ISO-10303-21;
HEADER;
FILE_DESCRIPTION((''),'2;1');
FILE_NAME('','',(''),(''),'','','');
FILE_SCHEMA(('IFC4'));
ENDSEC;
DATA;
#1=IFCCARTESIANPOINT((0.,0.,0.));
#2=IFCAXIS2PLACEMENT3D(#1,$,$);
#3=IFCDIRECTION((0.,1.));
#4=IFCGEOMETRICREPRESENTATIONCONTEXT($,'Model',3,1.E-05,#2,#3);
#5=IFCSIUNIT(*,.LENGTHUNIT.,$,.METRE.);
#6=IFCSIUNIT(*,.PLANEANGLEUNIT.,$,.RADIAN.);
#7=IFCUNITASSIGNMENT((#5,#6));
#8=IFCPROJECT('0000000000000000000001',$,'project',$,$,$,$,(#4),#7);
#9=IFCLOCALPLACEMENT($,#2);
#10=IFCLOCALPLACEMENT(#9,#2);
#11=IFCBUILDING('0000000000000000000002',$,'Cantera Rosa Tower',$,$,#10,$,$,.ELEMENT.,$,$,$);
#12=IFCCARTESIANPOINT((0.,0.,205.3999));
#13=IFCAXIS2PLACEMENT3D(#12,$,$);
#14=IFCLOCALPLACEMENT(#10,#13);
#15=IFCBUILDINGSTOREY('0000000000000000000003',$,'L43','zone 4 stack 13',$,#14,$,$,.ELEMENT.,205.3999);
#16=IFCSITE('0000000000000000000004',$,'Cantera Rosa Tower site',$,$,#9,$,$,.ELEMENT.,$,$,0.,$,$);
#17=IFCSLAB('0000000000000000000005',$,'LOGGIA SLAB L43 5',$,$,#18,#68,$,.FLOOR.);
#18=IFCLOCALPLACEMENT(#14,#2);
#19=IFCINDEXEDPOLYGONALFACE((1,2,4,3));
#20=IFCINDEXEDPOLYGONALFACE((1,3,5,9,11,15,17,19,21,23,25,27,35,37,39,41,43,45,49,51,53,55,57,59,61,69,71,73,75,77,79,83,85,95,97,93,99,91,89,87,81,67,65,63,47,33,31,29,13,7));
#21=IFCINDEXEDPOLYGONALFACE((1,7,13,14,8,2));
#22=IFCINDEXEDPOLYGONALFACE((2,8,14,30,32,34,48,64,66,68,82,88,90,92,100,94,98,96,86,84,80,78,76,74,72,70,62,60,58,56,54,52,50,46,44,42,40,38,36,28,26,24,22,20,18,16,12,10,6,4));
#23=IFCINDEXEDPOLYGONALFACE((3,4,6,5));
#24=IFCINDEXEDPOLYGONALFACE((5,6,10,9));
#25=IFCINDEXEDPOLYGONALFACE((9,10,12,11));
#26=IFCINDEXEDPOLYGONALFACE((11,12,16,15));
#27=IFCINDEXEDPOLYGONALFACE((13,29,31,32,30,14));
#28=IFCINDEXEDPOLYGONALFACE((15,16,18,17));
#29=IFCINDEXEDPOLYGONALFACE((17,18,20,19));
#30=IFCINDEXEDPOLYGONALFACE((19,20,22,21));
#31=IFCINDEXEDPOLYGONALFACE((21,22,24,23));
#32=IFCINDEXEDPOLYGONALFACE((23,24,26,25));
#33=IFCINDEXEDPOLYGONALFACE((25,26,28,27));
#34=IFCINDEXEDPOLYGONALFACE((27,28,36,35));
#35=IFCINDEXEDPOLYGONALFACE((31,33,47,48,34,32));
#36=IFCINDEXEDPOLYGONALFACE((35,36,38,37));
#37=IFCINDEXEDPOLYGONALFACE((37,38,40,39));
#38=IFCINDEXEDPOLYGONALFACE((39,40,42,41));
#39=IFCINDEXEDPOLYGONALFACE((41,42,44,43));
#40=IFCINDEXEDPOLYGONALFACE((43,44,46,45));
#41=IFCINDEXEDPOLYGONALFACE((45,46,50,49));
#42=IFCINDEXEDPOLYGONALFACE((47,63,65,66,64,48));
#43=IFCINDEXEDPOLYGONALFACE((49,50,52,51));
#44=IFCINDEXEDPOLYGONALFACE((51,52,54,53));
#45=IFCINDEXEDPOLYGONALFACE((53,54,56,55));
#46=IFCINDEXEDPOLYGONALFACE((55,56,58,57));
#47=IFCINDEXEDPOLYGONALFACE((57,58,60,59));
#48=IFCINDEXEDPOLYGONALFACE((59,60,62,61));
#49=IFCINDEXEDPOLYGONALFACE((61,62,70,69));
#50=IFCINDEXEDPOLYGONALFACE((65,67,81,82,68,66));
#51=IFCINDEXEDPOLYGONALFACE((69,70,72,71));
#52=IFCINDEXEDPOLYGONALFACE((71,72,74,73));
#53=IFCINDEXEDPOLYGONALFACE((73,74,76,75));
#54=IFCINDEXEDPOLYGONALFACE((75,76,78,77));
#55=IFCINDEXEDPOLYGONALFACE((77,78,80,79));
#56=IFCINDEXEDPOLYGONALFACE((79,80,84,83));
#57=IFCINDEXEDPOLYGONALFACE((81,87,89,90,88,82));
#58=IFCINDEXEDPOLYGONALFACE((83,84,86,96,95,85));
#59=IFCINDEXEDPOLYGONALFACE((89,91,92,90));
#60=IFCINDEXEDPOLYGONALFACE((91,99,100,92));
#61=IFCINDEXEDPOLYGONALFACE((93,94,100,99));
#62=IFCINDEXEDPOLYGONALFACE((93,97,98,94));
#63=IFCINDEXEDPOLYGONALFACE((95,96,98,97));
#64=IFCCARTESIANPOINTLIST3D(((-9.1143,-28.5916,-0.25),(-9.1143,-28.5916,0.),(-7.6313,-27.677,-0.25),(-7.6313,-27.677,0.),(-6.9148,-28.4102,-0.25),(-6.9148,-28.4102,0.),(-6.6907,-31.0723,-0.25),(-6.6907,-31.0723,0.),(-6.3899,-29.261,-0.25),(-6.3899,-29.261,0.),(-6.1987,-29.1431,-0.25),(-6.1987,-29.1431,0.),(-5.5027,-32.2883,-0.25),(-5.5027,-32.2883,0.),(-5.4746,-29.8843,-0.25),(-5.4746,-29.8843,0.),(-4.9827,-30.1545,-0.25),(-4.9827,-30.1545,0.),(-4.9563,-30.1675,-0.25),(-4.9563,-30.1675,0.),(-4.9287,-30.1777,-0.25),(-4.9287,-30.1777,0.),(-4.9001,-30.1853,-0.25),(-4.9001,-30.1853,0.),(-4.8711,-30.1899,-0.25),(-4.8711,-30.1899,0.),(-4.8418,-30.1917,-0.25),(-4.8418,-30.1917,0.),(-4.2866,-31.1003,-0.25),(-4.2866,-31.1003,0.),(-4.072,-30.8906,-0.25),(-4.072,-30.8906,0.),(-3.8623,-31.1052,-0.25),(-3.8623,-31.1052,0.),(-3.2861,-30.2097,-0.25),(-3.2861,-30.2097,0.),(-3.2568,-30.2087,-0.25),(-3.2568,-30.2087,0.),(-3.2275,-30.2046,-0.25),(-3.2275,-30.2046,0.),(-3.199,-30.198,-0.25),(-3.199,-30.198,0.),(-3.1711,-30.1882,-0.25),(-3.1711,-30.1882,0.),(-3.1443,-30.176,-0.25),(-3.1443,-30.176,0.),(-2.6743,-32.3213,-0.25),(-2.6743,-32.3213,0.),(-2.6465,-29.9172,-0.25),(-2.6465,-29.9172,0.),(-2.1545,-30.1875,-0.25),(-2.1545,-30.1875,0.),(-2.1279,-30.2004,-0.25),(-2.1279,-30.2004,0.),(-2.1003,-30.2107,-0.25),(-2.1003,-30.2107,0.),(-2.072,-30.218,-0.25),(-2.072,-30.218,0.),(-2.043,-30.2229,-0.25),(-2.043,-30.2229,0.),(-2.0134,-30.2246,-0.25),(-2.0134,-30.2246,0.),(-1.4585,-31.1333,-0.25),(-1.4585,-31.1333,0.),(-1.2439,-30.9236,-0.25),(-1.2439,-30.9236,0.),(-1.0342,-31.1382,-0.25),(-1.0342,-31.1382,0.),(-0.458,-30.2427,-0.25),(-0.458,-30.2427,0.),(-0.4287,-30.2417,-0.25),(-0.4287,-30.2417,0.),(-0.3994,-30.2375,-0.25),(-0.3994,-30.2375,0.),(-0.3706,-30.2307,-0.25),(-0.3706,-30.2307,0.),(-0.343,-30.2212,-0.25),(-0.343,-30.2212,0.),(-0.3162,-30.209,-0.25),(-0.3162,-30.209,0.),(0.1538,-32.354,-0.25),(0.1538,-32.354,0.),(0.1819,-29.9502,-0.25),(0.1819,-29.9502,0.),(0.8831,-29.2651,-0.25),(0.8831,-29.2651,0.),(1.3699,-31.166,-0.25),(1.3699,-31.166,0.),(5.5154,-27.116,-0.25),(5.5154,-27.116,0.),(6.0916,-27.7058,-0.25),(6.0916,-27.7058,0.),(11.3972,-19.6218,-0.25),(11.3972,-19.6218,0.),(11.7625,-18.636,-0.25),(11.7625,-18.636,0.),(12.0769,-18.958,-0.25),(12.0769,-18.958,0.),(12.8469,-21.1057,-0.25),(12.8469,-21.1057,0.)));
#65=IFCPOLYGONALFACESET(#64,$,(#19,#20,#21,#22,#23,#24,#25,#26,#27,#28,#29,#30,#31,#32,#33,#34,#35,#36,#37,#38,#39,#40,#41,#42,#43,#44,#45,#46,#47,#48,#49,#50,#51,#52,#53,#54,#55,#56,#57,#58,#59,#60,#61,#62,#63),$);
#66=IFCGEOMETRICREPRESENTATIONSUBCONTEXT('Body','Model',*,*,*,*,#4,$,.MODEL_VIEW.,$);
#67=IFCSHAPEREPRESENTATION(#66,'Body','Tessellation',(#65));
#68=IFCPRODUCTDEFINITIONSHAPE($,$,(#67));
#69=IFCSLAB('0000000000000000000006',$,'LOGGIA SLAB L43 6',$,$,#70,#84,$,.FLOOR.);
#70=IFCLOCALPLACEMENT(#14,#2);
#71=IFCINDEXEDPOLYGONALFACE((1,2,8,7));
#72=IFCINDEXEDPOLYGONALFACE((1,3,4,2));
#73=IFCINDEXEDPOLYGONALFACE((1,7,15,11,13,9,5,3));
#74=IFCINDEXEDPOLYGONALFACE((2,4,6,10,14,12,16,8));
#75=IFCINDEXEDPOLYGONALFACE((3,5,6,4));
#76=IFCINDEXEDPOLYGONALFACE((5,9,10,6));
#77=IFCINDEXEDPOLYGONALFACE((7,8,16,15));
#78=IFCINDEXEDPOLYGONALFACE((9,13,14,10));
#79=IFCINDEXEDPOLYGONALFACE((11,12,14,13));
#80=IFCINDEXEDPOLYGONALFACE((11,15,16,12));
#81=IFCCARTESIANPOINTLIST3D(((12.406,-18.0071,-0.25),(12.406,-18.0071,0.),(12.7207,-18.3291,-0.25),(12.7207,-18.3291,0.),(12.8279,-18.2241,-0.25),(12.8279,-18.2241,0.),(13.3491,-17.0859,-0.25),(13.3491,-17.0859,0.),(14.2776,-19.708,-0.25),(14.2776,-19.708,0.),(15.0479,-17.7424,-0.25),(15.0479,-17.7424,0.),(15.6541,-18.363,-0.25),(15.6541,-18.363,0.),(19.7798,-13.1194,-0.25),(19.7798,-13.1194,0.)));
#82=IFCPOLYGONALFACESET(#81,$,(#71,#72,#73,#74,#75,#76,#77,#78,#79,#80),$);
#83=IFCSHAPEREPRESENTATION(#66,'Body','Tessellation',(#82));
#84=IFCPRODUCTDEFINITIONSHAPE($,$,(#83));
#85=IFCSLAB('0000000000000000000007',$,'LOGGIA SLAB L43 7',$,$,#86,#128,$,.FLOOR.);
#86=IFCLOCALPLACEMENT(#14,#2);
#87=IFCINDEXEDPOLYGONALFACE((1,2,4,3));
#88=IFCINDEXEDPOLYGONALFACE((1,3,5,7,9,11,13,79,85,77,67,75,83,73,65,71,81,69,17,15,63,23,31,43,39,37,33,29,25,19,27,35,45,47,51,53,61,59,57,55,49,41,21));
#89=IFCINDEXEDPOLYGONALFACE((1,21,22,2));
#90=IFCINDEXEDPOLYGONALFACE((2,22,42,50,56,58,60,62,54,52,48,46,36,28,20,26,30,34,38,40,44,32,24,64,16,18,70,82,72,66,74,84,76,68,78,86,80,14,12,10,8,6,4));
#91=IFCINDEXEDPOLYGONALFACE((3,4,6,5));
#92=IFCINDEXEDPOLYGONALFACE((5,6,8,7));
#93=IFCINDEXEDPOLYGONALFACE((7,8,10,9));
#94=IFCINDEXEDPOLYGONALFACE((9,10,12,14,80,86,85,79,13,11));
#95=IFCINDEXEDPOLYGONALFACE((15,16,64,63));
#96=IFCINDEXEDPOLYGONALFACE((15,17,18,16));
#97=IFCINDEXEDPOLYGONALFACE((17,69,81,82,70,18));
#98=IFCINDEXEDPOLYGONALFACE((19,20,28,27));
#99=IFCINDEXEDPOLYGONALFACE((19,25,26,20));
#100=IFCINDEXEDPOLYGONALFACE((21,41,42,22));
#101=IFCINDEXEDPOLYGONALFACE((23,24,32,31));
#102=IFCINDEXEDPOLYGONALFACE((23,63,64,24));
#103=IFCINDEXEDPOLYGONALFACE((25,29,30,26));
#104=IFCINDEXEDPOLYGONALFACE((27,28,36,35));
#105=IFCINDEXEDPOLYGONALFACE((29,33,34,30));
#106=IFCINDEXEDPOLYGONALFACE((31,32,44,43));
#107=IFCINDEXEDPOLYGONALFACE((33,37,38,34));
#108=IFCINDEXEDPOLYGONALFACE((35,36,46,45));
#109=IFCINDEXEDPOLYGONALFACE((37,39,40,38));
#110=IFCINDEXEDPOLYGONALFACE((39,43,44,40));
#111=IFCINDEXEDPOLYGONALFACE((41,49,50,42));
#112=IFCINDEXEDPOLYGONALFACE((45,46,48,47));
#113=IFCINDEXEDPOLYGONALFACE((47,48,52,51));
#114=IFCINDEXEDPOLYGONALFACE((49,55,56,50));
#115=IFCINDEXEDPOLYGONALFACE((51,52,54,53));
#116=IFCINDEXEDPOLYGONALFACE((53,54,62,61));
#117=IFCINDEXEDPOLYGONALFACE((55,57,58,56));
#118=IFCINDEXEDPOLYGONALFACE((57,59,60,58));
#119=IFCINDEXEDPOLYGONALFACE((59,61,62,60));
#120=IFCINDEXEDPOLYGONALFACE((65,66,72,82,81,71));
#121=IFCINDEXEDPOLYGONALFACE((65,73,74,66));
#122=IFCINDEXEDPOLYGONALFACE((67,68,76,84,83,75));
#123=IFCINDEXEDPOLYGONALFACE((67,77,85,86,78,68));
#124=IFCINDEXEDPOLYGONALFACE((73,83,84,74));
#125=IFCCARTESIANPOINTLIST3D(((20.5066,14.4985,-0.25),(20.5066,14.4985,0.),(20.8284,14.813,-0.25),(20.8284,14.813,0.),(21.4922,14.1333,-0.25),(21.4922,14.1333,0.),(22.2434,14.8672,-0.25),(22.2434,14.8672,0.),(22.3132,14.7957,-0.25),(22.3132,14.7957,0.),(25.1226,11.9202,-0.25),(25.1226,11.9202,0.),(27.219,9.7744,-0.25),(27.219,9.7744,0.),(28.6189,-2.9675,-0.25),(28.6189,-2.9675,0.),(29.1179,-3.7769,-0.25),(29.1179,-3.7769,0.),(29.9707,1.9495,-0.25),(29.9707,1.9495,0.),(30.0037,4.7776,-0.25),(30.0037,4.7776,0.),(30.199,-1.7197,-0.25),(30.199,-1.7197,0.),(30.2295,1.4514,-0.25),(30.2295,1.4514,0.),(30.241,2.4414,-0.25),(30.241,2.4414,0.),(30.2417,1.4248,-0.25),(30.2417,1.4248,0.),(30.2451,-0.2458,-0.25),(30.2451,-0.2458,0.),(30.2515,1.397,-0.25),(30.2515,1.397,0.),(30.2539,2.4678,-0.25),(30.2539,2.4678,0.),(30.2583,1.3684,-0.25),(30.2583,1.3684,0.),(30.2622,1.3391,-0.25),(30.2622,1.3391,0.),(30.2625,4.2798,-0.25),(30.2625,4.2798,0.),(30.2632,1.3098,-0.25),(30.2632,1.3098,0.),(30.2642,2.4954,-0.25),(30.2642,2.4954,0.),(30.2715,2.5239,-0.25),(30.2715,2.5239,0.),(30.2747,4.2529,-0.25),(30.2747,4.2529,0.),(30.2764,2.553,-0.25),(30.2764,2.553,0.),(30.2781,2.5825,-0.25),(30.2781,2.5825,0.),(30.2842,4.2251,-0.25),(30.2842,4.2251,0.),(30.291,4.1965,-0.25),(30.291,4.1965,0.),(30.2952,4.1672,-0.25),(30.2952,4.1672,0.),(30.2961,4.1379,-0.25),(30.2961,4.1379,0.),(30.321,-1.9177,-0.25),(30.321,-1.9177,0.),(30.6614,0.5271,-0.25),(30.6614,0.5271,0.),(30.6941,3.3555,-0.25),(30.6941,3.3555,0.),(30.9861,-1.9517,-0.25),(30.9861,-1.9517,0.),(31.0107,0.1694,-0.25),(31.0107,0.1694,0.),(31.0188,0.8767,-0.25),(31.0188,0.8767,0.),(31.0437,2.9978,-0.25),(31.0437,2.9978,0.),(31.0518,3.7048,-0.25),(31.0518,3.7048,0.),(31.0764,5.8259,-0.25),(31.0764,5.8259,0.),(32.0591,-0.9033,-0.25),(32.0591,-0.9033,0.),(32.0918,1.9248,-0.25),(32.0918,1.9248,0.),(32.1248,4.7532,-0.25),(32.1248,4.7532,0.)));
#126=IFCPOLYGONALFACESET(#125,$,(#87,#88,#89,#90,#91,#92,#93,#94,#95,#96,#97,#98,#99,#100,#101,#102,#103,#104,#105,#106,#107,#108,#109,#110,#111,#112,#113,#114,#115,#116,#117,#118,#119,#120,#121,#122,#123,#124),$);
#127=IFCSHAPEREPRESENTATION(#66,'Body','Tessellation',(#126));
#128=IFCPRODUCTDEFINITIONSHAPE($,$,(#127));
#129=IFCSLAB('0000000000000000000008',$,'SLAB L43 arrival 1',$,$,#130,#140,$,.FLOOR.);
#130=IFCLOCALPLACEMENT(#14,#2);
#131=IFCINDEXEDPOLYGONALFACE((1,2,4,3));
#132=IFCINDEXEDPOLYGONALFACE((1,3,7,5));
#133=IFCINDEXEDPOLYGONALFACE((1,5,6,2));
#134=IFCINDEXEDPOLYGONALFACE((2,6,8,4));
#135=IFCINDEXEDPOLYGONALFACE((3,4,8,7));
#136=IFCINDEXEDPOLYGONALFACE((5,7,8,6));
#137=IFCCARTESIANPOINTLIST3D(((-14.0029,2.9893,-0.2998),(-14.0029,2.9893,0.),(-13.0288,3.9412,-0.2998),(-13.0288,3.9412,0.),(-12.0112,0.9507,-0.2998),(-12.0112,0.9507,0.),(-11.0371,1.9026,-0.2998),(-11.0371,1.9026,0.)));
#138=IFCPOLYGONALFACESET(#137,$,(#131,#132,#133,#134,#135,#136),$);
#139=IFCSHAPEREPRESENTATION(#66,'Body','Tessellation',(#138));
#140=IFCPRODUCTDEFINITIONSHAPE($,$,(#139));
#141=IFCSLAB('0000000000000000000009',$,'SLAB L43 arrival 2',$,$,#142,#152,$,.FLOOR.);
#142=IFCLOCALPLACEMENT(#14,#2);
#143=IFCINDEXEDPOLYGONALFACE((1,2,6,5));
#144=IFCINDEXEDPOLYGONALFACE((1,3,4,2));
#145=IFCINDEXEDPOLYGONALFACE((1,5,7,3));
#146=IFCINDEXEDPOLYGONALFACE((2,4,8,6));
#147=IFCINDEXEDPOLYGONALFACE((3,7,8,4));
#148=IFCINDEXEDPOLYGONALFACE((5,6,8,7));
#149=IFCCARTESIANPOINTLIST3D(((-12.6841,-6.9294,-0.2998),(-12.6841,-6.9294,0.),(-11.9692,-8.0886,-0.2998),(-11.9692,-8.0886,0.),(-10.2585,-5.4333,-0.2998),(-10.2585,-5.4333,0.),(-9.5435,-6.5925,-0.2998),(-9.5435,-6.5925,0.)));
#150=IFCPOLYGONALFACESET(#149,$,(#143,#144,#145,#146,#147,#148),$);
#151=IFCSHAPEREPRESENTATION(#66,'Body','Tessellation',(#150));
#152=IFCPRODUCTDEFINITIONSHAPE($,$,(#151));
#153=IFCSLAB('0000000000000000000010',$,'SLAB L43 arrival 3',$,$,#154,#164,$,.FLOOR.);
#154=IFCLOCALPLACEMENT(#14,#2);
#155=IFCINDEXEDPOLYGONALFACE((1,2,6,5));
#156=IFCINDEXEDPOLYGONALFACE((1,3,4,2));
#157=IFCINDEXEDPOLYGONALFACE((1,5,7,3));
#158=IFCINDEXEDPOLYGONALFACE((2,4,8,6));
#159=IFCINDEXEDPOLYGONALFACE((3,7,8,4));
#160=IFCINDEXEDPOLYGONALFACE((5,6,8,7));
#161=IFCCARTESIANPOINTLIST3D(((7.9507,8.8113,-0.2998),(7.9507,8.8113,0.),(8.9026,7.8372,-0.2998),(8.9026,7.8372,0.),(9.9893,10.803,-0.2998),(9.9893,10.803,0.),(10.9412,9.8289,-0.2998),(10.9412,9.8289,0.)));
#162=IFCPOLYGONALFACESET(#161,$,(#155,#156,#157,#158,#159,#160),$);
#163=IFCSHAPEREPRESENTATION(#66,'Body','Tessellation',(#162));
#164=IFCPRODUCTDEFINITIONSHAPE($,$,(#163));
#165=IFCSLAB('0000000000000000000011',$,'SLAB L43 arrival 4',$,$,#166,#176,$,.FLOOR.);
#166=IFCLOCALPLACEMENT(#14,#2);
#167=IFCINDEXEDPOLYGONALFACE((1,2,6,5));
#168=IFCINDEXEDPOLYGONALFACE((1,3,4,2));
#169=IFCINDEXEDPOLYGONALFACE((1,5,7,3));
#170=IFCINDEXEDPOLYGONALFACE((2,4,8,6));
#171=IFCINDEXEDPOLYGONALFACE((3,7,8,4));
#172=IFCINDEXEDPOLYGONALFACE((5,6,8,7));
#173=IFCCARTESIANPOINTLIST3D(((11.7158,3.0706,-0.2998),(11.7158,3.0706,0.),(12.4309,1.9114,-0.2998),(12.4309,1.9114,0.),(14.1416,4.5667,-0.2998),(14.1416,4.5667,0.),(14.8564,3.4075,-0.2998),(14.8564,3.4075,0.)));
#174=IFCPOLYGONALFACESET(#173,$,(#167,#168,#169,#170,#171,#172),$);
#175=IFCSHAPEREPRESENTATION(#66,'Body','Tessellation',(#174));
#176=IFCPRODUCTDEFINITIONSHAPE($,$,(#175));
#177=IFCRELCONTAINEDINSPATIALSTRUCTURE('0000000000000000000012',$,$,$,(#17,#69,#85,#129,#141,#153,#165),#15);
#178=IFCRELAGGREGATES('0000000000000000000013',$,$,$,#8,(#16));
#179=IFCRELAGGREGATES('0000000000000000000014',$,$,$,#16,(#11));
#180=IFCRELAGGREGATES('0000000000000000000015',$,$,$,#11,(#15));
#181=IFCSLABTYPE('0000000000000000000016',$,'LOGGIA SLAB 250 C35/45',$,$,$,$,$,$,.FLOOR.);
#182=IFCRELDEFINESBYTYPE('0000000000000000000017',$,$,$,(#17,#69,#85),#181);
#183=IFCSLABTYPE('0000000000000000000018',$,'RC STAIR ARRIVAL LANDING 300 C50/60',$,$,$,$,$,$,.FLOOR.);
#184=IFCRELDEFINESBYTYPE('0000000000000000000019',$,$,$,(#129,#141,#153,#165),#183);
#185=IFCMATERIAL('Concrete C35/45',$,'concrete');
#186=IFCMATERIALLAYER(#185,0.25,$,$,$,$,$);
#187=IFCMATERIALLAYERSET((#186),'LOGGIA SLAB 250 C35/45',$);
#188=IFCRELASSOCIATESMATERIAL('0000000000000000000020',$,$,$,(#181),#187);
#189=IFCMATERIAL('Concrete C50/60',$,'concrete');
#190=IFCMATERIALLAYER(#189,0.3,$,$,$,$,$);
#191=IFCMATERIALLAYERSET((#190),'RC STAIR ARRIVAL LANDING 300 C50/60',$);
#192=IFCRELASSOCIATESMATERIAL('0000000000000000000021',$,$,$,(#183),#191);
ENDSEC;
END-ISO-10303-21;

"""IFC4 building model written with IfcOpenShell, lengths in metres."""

from ifc_helpers import new_model, si_unit, direction, frame, origin, place, context, subcontext, project, spatial, polyline, outline, extrude, material, layer, layer_set, type_object, element, save


model = new_model("IFC4")

# Units and contexts
model_context = context("Model", 3, precision=1e-05, world=origin(), true_north=direction((0.0, 1.0)))
body_context = subcontext(model_context, "Body", "Model", "MODEL_VIEW")
ifc_project = project(units=[si_unit("LENGTHUNIT", "METRE"), si_unit("PLANEANGLEUNIT", "RADIAN")], contexts=[model_context])

# Site, building, storey
site_placement = place(None, origin())
site = spatial("IfcSite", under=ifc_project, at=site_placement, Name="Cantera Rosa Tower site", CompositionType="ELEMENT", RefElevation=0.0)
building_placement = place(site_placement, origin())
building = spatial("IfcBuilding", under=site, at=building_placement, Name="Cantera Rosa Tower", CompositionType="ELEMENT")
storey_placement = place(building_placement, frame((0.0, 0.0, 205.3999)))
storey = spatial("IfcBuildingStorey", under=building, at=storey_placement, Name="L43", Description="zone 4 stack 13", CompositionType="ELEMENT", Elevation=205.3999)

# Slabs
ifc_material_1 = material(Name="Concrete C35/45", Category="concrete")
ifc_layer_1 = layer(ifc_material_1, 0.25)
ifc_layer_set_1 = layer_set([ifc_layer_1], Name="LOGGIA SLAB 250 C35/45")
slab_type_1 = type_object("IfcSlabType", Name="LOGGIA SLAB 250 C35/45", PredefinedType="FLOOR", material=ifc_layer_set_1)
slab_1_placement = place(storey_placement, frame((0.0, 0.0, -0.25)))
element("IfcSlab", 1, at=slab_1_placement, inside=storey, type_object=slab_type_1, Name="LOGGIA SLAB L43 5", PredefinedType="FLOOR", context=body_context, shape_type="SweptSolid", body=[
    extrude(outline(polyline([(-1.2439, -30.9236), (-1.4585, -31.1333), (-2.6743, -32.3213), (-3.8623, -31.1052), (-4.072, -30.8906), (-4.2866, -31.1003), (-5.5027, -32.2883), (-6.6907, -31.0723), (-9.1143, -28.5916), (-7.6313, -27.677), (-6.9148, -28.4102), (-6.3899, -29.261), (-6.1987, -29.1431), (-5.4746, -29.8843), (-4.9827, -30.1545), (-4.9563, -30.1675), (-4.9287, -30.1777), (-4.9001, -30.1853), (-4.8711, -30.1899), (-4.8418, -30.1917), (-3.2861, -30.2097), (-3.2568, -30.2087), (-3.2275, -30.2046), (-3.199, -30.198), (-3.1711, -30.1882), (-3.1443, -30.176), (-2.6465, -29.9172), (-2.1545, -30.1875), (-2.1279, -30.2004), (-2.1003, -30.2107), (-2.072, -30.218), (-2.043, -30.2229), (-2.0134, -30.2246), (-0.458, -30.2427), (-0.4287, -30.2417), (-0.3994, -30.2375), (-0.3706, -30.2307), (-0.343, -30.2212), (-0.3162, -30.209), (0.1819, -29.9502), (0.8831, -29.2651), (11.7625, -18.636), (12.0769, -18.958), (11.3972, -19.6218), (12.8469, -21.1057), (6.0916, -27.7058), (5.5154, -27.116), (1.3699, -31.166), (0.1538, -32.354), (-1.0342, -31.1382), (-1.2439, -30.9236)])), origin(), (0.0, 0.0, 1.0), 0.25),
])
slab_2_placement = place(storey_placement, frame((0.0, 0.0, -0.25)))
element("IfcSlab", 2, at=slab_2_placement, inside=storey, type_object=slab_type_1, Name="LOGGIA SLAB L43 6", PredefinedType="FLOOR", context=body_context, shape_type="SweptSolid", body=[
    extrude(outline(polyline([(14.2776, -19.708), (12.8279, -18.2241), (12.7207, -18.3291), (12.406, -18.0071), (13.3491, -17.0859), (19.7798, -13.1194), (15.0479, -17.7424), (15.6541, -18.363), (14.2776, -19.708)])), origin(), (0.0, 0.0, 1.0), 0.25),
])
slab_3_placement = place(storey_placement, frame((0.0, 0.0, -0.25)))
element("IfcSlab", 3, at=slab_3_placement, inside=storey, type_object=slab_type_1, Name="LOGGIA SLAB L43 7", PredefinedType="FLOOR", context=body_context, shape_type="SweptSolid", body=[
    extrude(outline(polyline([(31.0518, 3.7048), (30.6941, 3.3555), (31.0437, 2.9978), (32.0918, 1.9248), (31.0188, 0.8767), (30.6614, 0.5271), (31.0107, 0.1694), (32.0591, -0.9033), (30.9861, -1.9517), (29.1179, -3.7769), (28.6189, -2.9675), (30.321, -1.9177), (30.199, -1.7197), (30.2451, -0.2458), (30.2632, 1.3098), (30.2622, 1.3391), (30.2583, 1.3684), (30.2515, 1.397), (30.2417, 1.4248), (30.2295, 1.4514), (29.9707, 1.9495), (30.241, 2.4414), (30.2539, 2.4678), (30.2642, 2.4954), (30.2715, 2.5239), (30.2764, 2.553), (30.2781, 2.5825), (30.2961, 4.1379), (30.2952, 4.1672), (30.291, 4.1965), (30.2842, 4.2251), (30.2747, 4.2529), (30.2625, 4.2798), (30.0037, 4.7776), (20.5066, 14.4985), (20.8284, 14.813), (21.4922, 14.1333), (22.2434, 14.8672), (22.3132, 14.7957), (25.1226, 11.9202), (27.219, 9.7744), (31.0764, 5.8259), (32.1248, 4.7532), (31.0518, 3.7048)])), origin(), (0.0, 0.0, 1.0), 0.25),
])
ifc_material_2 = material(Name="Concrete C50/60", Category="concrete")
ifc_layer_2 = layer(ifc_material_2, 0.3)
ifc_layer_set_2 = layer_set([ifc_layer_2], Name="RC STAIR ARRIVAL LANDING 300 C50/60")
slab_type_2 = type_object("IfcSlabType", Name="RC STAIR ARRIVAL LANDING 300 C50/60", PredefinedType="FLOOR", material=ifc_layer_set_2)
slab_4_placement = place(storey_placement, frame((0.0, 0.0, -0.2998)))
element("IfcSlab", 4, at=slab_4_placement, inside=storey, type_object=slab_type_2, Name="SLAB L43 arrival 1", PredefinedType="FLOOR", context=body_context, shape_type="SweptSolid", body=[
    extrude(outline(polyline([(-14.0029, 2.9893), (-13.0288, 3.9412), (-11.0371, 1.9026), (-12.0112, 0.9507), (-14.0029, 2.9893)])), origin(), (0.0, 0.0, 1.0), 0.2998),
])
slab_5_placement = place(storey_placement, frame((0.0, 0.0, -0.2998)))
element("IfcSlab", 5, at=slab_5_placement, inside=storey, type_object=slab_type_2, Name="SLAB L43 arrival 2", PredefinedType="FLOOR", context=body_context, shape_type="SweptSolid", body=[
    extrude(outline(polyline([(-10.2585, -5.4333), (-9.5435, -6.5925), (-11.9692, -8.0886), (-12.6841, -6.9294), (-10.2585, -5.4333)])), origin(), (0.0, 0.0, 1.0), 0.2998),
])
slab_6_placement = place(storey_placement, frame((0.0, 0.0, -0.2998)))
element("IfcSlab", 6, at=slab_6_placement, inside=storey, type_object=slab_type_2, Name="SLAB L43 arrival 3", PredefinedType="FLOOR", context=body_context, shape_type="SweptSolid", body=[
    extrude(outline(polyline([(9.9893, 10.803), (10.9412, 9.8289), (8.9026, 7.8372), (7.9507, 8.8113), (9.9893, 10.803)])), origin(), (0.0, 0.0, 1.0), 0.2998),
])
slab_7_placement = place(storey_placement, frame((0.0, 0.0, -0.2998)))
element("IfcSlab", 7, at=slab_7_placement, inside=storey, type_object=slab_type_2, Name="SLAB L43 arrival 4", PredefinedType="FLOOR", context=body_context, shape_type="SweptSolid", body=[
    extrude(outline(polyline([(14.1416, 4.5667), (14.8564, 3.4075), (12.4309, 1.9114), (11.7158, 3.0706), (14.1416, 4.5667)])), origin(), (0.0, 0.0, 1.0), 0.2998),
])

save(model, "model.ifc")
